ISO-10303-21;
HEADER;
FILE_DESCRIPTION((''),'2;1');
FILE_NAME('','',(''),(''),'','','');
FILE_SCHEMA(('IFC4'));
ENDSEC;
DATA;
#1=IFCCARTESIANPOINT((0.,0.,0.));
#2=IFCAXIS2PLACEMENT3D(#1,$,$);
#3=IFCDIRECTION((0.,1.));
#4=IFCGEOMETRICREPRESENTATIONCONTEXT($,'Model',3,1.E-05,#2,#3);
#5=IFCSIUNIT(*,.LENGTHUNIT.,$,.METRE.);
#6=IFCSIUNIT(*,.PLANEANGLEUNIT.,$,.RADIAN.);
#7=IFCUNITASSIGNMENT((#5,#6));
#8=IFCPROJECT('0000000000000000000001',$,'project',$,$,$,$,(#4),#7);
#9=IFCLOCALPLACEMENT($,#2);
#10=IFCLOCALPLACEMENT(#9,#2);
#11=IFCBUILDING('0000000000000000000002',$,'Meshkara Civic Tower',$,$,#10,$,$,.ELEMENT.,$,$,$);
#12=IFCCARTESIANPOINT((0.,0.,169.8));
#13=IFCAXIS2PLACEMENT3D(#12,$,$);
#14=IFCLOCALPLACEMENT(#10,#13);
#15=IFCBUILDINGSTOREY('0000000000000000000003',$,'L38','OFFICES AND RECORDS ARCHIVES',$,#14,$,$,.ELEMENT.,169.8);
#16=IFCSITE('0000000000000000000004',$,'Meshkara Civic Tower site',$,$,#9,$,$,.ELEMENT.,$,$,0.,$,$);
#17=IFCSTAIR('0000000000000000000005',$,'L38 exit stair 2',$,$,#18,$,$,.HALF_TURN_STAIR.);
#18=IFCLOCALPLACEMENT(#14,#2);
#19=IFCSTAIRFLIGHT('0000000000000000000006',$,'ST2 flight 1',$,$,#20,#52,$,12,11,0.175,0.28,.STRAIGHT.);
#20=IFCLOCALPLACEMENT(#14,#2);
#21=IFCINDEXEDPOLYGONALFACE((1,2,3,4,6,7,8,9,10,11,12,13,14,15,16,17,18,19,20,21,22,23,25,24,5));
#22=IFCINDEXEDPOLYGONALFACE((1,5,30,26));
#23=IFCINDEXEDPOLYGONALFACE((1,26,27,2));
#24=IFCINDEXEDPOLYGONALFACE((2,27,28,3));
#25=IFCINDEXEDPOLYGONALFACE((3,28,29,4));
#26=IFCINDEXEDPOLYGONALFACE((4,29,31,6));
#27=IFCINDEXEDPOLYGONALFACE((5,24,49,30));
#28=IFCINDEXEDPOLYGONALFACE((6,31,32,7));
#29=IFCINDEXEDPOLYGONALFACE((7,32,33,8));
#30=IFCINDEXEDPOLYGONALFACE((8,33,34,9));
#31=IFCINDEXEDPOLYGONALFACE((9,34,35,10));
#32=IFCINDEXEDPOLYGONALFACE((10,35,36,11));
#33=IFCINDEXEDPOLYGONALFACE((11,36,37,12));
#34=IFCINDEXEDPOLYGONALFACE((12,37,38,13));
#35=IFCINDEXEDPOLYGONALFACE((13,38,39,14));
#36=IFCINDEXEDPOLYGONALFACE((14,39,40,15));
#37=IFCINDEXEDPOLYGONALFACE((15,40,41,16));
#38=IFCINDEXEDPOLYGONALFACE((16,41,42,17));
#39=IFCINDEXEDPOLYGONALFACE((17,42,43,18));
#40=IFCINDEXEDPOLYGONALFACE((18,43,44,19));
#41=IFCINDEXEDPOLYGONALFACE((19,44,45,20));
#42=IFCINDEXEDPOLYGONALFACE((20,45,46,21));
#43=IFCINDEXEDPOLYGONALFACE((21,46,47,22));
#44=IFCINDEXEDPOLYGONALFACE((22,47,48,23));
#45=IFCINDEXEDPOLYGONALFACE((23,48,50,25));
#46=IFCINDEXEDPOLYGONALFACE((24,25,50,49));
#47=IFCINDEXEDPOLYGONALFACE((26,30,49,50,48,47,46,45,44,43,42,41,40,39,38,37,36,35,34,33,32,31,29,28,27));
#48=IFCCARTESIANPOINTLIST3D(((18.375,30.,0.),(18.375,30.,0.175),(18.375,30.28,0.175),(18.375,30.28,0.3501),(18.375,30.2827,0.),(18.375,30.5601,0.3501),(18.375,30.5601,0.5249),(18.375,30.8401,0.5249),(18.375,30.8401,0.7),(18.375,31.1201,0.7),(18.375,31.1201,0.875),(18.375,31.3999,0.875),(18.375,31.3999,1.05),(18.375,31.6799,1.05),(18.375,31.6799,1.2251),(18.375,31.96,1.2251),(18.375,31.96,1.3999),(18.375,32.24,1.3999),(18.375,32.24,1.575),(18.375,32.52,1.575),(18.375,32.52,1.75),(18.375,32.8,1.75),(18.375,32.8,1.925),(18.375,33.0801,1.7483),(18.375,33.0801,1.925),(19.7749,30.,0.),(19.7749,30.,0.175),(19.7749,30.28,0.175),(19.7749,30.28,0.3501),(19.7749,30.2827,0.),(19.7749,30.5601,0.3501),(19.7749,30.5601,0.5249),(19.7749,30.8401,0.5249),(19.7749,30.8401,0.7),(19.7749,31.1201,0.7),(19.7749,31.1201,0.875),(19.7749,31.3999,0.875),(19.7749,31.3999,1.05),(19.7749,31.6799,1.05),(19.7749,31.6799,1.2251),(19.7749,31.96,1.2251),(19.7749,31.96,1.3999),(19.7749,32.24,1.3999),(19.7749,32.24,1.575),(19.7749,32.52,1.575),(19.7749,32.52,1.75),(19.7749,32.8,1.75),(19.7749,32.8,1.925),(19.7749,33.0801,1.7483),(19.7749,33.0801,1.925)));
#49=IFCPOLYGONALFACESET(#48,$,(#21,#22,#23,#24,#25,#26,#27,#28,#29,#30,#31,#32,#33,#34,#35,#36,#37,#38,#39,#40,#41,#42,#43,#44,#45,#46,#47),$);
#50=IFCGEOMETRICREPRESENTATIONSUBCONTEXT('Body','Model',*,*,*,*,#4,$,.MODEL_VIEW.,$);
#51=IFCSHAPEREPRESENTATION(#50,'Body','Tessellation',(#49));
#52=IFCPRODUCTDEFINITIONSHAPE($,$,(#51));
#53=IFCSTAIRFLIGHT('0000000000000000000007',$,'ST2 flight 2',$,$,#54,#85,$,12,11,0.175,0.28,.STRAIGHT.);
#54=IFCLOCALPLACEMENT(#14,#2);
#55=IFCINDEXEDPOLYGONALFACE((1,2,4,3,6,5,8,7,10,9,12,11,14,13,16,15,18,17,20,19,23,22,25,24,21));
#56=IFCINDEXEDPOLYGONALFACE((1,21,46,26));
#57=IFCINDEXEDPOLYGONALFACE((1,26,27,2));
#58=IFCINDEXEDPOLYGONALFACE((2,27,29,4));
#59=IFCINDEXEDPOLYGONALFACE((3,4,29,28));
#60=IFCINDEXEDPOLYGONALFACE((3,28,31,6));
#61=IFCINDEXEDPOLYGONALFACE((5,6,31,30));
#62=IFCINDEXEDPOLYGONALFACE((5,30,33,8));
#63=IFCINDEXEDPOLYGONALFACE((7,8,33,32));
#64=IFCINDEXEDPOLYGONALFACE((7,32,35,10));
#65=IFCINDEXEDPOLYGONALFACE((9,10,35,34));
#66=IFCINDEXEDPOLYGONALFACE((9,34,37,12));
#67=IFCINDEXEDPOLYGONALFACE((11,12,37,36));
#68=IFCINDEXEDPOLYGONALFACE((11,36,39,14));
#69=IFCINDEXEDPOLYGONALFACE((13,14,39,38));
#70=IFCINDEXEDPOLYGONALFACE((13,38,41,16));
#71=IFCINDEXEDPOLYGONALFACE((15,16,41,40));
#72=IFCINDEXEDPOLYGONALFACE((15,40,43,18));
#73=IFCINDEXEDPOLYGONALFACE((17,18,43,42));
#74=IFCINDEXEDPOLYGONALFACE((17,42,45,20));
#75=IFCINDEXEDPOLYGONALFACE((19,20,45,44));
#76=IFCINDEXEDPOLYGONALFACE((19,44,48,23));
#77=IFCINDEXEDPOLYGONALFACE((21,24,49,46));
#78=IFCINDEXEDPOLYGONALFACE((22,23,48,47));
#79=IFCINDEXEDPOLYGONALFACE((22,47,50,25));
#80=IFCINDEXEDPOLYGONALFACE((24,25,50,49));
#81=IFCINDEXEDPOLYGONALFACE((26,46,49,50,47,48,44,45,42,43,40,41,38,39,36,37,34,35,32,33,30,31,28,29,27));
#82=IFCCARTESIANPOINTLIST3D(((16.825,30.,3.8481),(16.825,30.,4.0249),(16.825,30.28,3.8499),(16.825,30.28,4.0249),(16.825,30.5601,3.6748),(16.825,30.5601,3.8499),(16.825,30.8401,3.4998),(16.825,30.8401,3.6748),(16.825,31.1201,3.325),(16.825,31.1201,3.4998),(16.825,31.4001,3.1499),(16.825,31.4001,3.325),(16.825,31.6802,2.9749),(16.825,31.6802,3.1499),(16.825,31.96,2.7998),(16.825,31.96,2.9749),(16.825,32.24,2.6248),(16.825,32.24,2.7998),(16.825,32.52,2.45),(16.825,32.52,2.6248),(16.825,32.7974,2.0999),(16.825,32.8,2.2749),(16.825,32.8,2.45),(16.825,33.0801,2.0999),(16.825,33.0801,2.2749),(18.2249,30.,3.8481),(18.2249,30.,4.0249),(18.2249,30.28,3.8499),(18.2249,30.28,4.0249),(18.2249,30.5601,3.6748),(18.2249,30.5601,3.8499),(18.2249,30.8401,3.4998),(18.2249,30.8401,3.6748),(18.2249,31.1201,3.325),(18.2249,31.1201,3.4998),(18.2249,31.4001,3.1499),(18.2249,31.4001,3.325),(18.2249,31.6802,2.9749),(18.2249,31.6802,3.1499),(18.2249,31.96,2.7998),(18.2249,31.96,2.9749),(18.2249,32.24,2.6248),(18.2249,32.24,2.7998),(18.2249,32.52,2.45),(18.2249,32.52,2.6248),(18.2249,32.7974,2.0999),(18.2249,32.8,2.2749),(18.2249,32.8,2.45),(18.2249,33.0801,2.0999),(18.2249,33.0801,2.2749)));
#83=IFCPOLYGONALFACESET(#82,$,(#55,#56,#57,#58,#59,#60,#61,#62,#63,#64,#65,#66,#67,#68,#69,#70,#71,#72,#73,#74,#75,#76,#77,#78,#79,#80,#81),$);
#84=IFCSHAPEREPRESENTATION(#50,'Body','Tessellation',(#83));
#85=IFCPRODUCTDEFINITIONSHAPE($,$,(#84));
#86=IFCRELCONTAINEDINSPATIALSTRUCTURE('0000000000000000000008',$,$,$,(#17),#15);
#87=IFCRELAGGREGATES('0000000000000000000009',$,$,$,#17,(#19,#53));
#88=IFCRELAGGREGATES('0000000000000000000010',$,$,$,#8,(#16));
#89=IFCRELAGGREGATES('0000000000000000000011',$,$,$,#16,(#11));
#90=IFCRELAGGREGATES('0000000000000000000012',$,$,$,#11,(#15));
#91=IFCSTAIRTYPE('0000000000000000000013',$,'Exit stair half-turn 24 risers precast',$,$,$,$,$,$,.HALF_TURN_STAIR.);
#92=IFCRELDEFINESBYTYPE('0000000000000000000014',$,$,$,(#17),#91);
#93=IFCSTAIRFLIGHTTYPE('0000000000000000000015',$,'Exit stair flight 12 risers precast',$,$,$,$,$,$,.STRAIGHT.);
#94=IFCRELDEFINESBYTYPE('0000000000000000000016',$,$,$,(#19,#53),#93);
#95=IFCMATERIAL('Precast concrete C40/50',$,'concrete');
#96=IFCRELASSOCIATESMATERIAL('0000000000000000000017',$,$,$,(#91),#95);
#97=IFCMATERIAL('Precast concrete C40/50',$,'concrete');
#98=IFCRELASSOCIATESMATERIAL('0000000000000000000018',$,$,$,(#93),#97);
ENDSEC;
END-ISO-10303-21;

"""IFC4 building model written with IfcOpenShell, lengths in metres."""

from ifc_helpers import new_model, si_unit, direction, frame, origin, place, context, subcontext, project, spatial, polyline, outline, extrude, material, type_object, element, aggregate, save


model = new_model("IFC4")

# Units and contexts
model_context = context("Model", 3, precision=1e-05, world=origin(), true_north=direction((0.0, 1.0)))
body_context = subcontext(model_context, "Body", "Model", "MODEL_VIEW")
ifc_project = project(units=[si_unit("LENGTHUNIT", "METRE"), si_unit("PLANEANGLEUNIT", "RADIAN")], contexts=[model_context])

# Site, building, storey
site_placement = place(None, origin())
site = spatial("IfcSite", under=ifc_project, at=site_placement, Name="Meshkara Civic Tower site", CompositionType="ELEMENT", RefElevation=0.0)
building_placement = place(site_placement, origin())
building = spatial("IfcBuilding", under=site, at=building_placement, Name="Meshkara Civic Tower", CompositionType="ELEMENT")
storey_placement = place(building_placement, frame((0.0, 0.0, 169.8)))
storey = spatial("IfcBuildingStorey", under=building, at=storey_placement, Name="L38", Description="OFFICES AND RECORDS ARCHIVES", CompositionType="ELEMENT", Elevation=169.8)

# Stair, stair flights
ifc_material_1 = material(Name="Precast concrete C40/50", Category="concrete")
stair_type = type_object("IfcStairType", Name="Exit stair half-turn 24 risers precast", PredefinedType="HALF_TURN_STAIR", material=ifc_material_1)
stair_placement = place(storey_placement, origin())
stair = element("IfcStair", 1, at=stair_placement, inside=storey, type_object=stair_type, Name="L38 exit stair 2", PredefinedType="HALF_TURN_STAIR")
ifc_material_2 = material(Name="Precast concrete C40/50", Category="concrete")
stair_flight_type = type_object("IfcStairFlightType", Name="Exit stair flight 12 risers precast", PredefinedType="STRAIGHT", material=ifc_material_2)
stair_flight_1_placement = place(storey_placement, frame((19.075, 30.0, 0.0), z_axis=(0.0, 0.0, 1.0), x_axis=(0.0, 1.0, 0.0)))
stair_flight_1 = element("IfcStairFlight", 2, at=stair_flight_1_placement, type_object=stair_flight_type, Name="ST2 flight 1", NumberOfRisers=12, NumberOfTreads=11, PredefinedType="STRAIGHT", RiserHeight=0.175, TreadLength=0.28, context=body_context, shape_type="SweptSolid", body=[
    extrude(outline(polyline([(0.0, 0.0), (0.0, 0.175), (0.28, 0.175), (0.28, 0.3501), (0.5601, 0.3501), (0.5601, 0.5249), (0.8401, 0.5249), (0.8401, 0.7), (1.1201, 0.7), (1.1201, 0.875), (1.3999, 0.875), (1.3999, 1.05), (1.6799, 1.05), (1.6799, 1.2251), (1.96, 1.2251), (1.96, 1.3999), (2.24, 1.3999), (2.24, 1.575), (2.52, 1.575), (2.52, 1.75), (2.8, 1.75), (2.8, 1.925), (3.0801, 1.925), (3.0801, 2.1001), (3.0801, 1.7483), (0.2827, 0.0), (0.0, 0.0)])), frame((0.0, 0.7, 0.0), z_axis=(0.0, -1.0, 0.0), x_axis=(1.0, 0.0, 0.0)), (0.0, 0.0, 1.0), 1.3999),
])
stair_flight_2_placement = place(storey_placement, frame((17.5249, 33.0801, 2.0999), z_axis=(0.0, 0.0, 1.0), x_axis=(0.0, -1.0, 0.0)))
stair_flight_2 = element("IfcStairFlight", 3, at=stair_flight_2_placement, type_object=stair_flight_type, Name="ST2 flight 2", NumberOfRisers=12, NumberOfTreads=11, PredefinedType="STRAIGHT", RiserHeight=0.175, TreadLength=0.28, context=body_context, shape_type="SweptSolid", body=[
    extrude(outline(polyline([(0.0, 0.0), (0.0, 0.175), (0.28, 0.175), (0.28, 0.3501), (0.5601, 0.3501), (0.5601, 0.5249), (0.8401, 0.5249), (0.8401, 0.7), (1.1201, 0.7), (1.1201, 0.875), (1.3999, 0.875), (1.3999, 1.05), (1.6799, 1.05), (1.6799, 1.2251), (1.96, 1.2251), (1.96, 1.3999), (2.24, 1.3999), (2.24, 1.575), (2.52, 1.575), (2.52, 1.75), (2.8, 1.75), (2.8, 1.925), (3.0801, 1.925), (3.0801, 2.1001), (3.0801, 1.7483), (0.2827, 0.0), (0.0, 0.0)])), frame((0.0, 0.7, 0.0), z_axis=(0.0, -1.0, 0.0), x_axis=(1.0, 0.0, 0.0)), (0.0, 0.0, 1.0), 1.3999),
])
aggregate(stair, [stair_flight_1, stair_flight_2])

save(model, "model.ifc")
